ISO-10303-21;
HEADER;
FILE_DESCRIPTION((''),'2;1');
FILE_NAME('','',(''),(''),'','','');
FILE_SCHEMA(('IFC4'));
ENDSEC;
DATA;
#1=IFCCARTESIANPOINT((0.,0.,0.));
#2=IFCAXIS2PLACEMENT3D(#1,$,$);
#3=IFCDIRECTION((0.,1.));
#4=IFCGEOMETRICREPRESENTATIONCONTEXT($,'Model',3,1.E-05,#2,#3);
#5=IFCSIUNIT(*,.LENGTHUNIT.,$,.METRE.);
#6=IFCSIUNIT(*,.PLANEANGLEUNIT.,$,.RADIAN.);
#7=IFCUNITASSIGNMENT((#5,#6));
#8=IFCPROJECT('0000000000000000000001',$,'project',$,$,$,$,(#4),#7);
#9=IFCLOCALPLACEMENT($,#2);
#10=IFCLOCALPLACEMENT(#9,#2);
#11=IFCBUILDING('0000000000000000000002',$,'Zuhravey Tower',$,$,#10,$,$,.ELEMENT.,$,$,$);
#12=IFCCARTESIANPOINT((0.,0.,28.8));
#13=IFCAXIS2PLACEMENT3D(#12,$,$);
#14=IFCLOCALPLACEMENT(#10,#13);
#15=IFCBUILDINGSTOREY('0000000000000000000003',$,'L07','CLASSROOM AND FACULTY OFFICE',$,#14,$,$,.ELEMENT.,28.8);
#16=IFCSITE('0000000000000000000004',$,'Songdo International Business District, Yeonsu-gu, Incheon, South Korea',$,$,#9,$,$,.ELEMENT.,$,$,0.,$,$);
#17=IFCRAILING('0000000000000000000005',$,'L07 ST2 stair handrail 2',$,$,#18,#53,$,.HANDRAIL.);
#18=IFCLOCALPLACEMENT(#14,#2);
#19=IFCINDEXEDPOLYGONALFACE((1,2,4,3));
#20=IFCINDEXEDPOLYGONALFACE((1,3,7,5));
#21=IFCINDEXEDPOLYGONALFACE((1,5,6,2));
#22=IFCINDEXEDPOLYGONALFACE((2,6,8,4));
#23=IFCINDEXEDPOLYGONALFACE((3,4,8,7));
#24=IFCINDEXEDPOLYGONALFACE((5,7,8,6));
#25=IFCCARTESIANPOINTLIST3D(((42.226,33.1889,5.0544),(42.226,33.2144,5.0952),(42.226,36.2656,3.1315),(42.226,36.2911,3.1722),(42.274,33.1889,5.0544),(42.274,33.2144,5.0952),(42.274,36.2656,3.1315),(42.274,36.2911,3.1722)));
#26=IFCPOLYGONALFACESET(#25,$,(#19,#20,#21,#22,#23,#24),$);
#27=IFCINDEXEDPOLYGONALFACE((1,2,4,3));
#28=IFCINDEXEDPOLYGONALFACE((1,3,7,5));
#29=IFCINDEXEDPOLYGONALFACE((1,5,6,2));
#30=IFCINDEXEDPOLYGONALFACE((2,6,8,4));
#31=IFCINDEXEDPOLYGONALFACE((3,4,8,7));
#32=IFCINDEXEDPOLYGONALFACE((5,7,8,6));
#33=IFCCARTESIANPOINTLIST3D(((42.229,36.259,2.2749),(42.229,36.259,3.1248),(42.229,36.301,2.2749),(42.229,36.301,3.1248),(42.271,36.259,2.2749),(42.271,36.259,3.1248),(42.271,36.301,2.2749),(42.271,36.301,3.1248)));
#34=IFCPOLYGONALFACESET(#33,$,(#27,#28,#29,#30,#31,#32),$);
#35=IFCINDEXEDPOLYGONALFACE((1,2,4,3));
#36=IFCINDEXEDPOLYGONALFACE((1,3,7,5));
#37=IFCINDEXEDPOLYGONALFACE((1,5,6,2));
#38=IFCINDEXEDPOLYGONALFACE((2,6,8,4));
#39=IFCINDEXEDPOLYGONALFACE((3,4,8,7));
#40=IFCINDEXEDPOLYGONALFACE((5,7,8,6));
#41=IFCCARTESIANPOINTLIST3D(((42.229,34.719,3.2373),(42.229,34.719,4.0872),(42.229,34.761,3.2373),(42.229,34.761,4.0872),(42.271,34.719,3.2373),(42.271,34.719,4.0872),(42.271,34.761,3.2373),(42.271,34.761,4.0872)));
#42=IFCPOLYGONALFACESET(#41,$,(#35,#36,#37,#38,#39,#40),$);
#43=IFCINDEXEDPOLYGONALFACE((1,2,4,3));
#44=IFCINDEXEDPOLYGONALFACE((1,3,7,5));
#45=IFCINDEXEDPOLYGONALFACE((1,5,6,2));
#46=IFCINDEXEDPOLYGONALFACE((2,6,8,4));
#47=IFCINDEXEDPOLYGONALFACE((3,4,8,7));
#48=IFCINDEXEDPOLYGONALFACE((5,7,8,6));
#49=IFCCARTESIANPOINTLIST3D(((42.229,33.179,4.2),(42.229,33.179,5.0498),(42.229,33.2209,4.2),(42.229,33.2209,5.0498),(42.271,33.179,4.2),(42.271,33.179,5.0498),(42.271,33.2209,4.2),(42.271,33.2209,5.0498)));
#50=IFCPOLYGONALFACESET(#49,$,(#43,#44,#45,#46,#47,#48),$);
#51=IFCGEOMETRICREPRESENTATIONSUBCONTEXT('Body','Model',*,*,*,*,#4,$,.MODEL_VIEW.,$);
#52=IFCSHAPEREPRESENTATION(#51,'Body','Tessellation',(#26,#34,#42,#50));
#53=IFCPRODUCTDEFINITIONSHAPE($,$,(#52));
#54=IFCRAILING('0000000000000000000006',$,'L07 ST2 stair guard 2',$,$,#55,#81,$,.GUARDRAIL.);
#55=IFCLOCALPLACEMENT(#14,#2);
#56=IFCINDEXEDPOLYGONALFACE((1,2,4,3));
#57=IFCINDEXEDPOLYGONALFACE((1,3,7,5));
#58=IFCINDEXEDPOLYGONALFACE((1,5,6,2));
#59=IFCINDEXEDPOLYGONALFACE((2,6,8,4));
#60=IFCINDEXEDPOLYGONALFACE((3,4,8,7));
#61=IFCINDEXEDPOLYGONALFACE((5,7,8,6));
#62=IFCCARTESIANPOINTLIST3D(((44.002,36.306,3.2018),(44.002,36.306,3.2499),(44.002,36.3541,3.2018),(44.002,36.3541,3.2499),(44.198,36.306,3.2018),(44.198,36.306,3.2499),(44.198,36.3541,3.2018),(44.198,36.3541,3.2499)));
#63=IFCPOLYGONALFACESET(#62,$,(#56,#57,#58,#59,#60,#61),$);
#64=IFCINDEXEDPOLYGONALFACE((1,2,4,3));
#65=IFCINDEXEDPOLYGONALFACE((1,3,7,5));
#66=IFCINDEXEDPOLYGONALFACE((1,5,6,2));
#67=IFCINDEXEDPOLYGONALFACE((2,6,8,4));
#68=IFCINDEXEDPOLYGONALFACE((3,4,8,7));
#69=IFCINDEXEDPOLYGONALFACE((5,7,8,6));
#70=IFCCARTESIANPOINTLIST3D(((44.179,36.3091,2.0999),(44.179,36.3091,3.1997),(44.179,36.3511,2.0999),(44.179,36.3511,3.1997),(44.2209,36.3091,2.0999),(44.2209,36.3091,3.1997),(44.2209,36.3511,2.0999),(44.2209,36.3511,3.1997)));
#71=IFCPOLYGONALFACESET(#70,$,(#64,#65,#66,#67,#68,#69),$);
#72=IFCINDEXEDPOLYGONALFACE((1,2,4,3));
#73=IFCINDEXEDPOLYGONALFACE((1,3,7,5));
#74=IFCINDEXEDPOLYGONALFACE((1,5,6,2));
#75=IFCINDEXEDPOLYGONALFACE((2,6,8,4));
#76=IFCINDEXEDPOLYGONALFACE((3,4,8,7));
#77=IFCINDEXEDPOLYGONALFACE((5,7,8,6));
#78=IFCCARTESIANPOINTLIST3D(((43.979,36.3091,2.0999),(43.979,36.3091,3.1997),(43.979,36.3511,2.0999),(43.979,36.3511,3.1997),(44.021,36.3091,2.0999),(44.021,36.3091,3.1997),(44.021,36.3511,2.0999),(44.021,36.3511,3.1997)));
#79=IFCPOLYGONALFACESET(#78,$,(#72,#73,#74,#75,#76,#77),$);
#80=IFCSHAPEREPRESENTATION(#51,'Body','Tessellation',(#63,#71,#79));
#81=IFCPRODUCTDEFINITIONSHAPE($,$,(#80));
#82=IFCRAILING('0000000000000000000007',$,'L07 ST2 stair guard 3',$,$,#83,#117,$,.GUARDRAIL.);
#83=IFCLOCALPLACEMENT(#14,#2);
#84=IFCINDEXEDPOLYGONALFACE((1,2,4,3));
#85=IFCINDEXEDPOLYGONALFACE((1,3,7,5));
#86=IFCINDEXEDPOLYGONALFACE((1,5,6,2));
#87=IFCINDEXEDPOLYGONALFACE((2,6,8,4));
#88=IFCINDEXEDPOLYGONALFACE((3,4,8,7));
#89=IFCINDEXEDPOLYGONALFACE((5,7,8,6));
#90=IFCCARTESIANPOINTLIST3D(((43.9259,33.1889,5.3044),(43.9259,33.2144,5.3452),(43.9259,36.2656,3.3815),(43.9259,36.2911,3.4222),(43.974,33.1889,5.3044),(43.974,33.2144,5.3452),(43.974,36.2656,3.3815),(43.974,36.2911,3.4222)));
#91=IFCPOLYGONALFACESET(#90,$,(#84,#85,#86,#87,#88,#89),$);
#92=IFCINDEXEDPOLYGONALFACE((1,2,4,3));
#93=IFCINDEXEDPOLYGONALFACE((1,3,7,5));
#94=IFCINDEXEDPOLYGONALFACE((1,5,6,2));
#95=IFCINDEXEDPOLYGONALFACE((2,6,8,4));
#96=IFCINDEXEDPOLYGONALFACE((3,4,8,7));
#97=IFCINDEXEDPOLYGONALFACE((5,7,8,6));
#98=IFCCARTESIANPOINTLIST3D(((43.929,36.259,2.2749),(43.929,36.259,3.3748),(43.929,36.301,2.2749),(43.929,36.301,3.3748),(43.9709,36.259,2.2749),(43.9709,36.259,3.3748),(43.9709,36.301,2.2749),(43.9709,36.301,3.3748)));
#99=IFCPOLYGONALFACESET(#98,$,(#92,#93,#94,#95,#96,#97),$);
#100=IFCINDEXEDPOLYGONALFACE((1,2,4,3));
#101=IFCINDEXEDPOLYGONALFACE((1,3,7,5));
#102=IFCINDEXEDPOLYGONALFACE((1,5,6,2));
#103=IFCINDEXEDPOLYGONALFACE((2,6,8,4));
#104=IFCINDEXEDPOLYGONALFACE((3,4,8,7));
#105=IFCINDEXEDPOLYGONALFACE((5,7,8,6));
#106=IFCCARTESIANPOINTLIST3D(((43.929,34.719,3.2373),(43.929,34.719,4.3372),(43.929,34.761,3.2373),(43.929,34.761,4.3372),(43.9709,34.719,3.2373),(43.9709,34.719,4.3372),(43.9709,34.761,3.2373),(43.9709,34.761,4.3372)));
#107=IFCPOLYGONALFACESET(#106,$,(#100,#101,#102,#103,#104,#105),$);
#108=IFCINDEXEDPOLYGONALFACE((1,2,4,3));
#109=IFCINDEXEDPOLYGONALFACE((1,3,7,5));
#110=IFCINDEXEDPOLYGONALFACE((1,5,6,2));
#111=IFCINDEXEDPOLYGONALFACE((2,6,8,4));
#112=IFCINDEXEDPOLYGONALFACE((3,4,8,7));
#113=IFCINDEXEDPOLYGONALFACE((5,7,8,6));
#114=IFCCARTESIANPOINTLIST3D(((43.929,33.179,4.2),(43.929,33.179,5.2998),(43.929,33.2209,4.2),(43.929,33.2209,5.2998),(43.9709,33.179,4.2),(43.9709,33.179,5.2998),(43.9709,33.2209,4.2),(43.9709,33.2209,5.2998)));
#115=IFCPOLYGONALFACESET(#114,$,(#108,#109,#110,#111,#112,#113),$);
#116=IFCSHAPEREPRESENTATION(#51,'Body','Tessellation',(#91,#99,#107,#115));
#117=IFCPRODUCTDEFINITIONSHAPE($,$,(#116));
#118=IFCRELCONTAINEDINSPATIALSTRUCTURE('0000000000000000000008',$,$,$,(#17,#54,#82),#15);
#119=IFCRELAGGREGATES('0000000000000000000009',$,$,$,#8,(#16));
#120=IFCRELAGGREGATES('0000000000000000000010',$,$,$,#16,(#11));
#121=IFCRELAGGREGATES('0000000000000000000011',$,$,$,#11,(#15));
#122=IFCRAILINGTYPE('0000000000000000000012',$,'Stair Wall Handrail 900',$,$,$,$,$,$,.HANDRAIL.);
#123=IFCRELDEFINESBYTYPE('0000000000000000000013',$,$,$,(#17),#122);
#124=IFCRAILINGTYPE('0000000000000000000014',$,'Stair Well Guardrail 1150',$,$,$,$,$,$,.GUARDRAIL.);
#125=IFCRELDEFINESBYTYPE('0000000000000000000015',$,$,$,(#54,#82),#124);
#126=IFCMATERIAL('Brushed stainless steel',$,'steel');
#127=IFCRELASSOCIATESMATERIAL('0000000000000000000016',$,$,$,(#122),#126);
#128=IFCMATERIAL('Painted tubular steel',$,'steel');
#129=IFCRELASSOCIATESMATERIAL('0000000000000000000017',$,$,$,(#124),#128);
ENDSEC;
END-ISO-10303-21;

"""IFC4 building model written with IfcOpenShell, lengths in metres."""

from ifc_helpers import new_model, si_unit, direction, frame, origin, origin_2d, place, context, subcontext, project, spatial, rectangle, extrude, material, type_object, element, save


model = new_model("IFC4")

# Units and contexts
model_context = context("Model", 3, precision=1e-05, world=origin(), true_north=direction((0.0, 1.0)))
body_context = subcontext(model_context, "Body", "Model", "MODEL_VIEW")
ifc_project = project(units=[si_unit("LENGTHUNIT", "METRE"), si_unit("PLANEANGLEUNIT", "RADIAN")], contexts=[model_context])

# Site, building, storey
site_placement = place(None, origin())
site = spatial("IfcSite", under=ifc_project, at=site_placement, Name="Songdo International Business District, Yeonsu-gu, Incheon, South Korea", CompositionType="ELEMENT", RefElevation=0.0)
building_placement = place(site_placement, origin())
building = spatial("IfcBuilding", under=site, at=building_placement, Name="Zuhravey Tower", CompositionType="ELEMENT")
storey_placement = place(building_placement, frame((0.0, 0.0, 28.8)))
storey = spatial("IfcBuildingStorey", under=building, at=storey_placement, Name="L07", Description="CLASSROOM AND FACULTY OFFICE", CompositionType="ELEMENT", Elevation=28.8)

# Railings
ifc_material_1 = material(Name="Brushed stainless steel", Category="steel")
railing_type_1 = type_object("IfcRailingType", Name="Stair Wall Handrail 900", PredefinedType="HANDRAIL", material=ifc_material_1)
railing_1_placement = place(storey_placement, frame((42.25, 36.28, 2.2749)))
element("IfcRailing", 1, at=railing_1_placement, inside=storey, type_object=railing_type_1, Name="L07 ST2 stair handrail 2", PredefinedType="HANDRAIL", context=body_context, shape_type="SweptSolid", body=[
    extrude(rectangle(XDim=0.0481, YDim=0.0481, at=origin_2d()), frame((0.0, -0.0017, 0.877), z_axis=(0.0, -0.847998, 0.529999), x_axis=(1.0, 0.0, 0.0)), (0.0, 0.0, 1.0), 3.6282),
    extrude(rectangle(XDim=0.042, YDim=0.042, at=origin_2d()), origin(), (0.0, 0.0, 1.0), 0.8499),
    extrude(rectangle(XDim=0.042, YDim=0.042, at=origin_2d()), frame((0.0, -1.54, 0.9624)), (0.0, 0.0, 1.0), 0.8499),
    extrude(rectangle(XDim=0.042, YDim=0.042, at=origin_2d()), frame((0.0, -3.0801, 1.925)), (0.0, 0.0, 1.0), 0.8499),
])
ifc_material_2 = material(Name="Painted tubular steel", Category="steel")
railing_type_2 = type_object("IfcRailingType", Name="Stair Well Guardrail 1150", PredefinedType="GUARDRAIL", material=ifc_material_2)
railing_2_placement = place(storey_placement, frame((44.2, 36.3301, 2.0999)))
element("IfcRailing", 2, at=railing_2_placement, inside=storey, type_object=railing_type_2, Name="L07 ST2 stair guard 2", PredefinedType="GUARDRAIL", context=body_context, shape_type="SweptSolid", body=[
    extrude(rectangle(XDim=0.0481, YDim=0.0481, at=origin_2d()), frame((-0.002, 0.0, 1.126), z_axis=(-1.0, 0.0, 0.0), x_axis=(0.0, -1.0, 0.0)), (0.0, 0.0, 1.0), 0.196),
    extrude(rectangle(XDim=0.042, YDim=0.042, at=origin_2d()), origin(), (0.0, 0.0, 1.0), 1.0999),
    extrude(rectangle(XDim=0.042, YDim=0.042, at=origin_2d()), frame((-0.2, 0.0, 0.0)), (0.0, 0.0, 1.0), 1.0999),
])
railing_3_placement = place(storey_placement, frame((43.95, 36.28, 2.2749)))
element("IfcRailing", 3, at=railing_3_placement, inside=storey, type_object=railing_type_2, Name="L07 ST2 stair guard 3", PredefinedType="GUARDRAIL", context=body_context, shape_type="SweptSolid", body=[
    extrude(rectangle(XDim=0.0481, YDim=0.0481, at=origin_2d()), frame((0.0, -0.0017, 1.127), z_axis=(0.0, -0.847998, 0.529999), x_axis=(1.0, 0.0, 0.0)), (0.0, 0.0, 1.0), 3.6282),
    extrude(rectangle(XDim=0.042, YDim=0.042, at=origin_2d()), origin(), (0.0, 0.0, 1.0), 1.0999),
    extrude(rectangle(XDim=0.042, YDim=0.042, at=origin_2d()), frame((0.0, -1.54, 0.9624)), (0.0, 0.0, 1.0), 1.0999),
    extrude(rectangle(XDim=0.042, YDim=0.042, at=origin_2d()), frame((0.0, -3.0801, 1.925)), (0.0, 0.0, 1.0), 1.0999),
])

save(model, "model.ifc")
